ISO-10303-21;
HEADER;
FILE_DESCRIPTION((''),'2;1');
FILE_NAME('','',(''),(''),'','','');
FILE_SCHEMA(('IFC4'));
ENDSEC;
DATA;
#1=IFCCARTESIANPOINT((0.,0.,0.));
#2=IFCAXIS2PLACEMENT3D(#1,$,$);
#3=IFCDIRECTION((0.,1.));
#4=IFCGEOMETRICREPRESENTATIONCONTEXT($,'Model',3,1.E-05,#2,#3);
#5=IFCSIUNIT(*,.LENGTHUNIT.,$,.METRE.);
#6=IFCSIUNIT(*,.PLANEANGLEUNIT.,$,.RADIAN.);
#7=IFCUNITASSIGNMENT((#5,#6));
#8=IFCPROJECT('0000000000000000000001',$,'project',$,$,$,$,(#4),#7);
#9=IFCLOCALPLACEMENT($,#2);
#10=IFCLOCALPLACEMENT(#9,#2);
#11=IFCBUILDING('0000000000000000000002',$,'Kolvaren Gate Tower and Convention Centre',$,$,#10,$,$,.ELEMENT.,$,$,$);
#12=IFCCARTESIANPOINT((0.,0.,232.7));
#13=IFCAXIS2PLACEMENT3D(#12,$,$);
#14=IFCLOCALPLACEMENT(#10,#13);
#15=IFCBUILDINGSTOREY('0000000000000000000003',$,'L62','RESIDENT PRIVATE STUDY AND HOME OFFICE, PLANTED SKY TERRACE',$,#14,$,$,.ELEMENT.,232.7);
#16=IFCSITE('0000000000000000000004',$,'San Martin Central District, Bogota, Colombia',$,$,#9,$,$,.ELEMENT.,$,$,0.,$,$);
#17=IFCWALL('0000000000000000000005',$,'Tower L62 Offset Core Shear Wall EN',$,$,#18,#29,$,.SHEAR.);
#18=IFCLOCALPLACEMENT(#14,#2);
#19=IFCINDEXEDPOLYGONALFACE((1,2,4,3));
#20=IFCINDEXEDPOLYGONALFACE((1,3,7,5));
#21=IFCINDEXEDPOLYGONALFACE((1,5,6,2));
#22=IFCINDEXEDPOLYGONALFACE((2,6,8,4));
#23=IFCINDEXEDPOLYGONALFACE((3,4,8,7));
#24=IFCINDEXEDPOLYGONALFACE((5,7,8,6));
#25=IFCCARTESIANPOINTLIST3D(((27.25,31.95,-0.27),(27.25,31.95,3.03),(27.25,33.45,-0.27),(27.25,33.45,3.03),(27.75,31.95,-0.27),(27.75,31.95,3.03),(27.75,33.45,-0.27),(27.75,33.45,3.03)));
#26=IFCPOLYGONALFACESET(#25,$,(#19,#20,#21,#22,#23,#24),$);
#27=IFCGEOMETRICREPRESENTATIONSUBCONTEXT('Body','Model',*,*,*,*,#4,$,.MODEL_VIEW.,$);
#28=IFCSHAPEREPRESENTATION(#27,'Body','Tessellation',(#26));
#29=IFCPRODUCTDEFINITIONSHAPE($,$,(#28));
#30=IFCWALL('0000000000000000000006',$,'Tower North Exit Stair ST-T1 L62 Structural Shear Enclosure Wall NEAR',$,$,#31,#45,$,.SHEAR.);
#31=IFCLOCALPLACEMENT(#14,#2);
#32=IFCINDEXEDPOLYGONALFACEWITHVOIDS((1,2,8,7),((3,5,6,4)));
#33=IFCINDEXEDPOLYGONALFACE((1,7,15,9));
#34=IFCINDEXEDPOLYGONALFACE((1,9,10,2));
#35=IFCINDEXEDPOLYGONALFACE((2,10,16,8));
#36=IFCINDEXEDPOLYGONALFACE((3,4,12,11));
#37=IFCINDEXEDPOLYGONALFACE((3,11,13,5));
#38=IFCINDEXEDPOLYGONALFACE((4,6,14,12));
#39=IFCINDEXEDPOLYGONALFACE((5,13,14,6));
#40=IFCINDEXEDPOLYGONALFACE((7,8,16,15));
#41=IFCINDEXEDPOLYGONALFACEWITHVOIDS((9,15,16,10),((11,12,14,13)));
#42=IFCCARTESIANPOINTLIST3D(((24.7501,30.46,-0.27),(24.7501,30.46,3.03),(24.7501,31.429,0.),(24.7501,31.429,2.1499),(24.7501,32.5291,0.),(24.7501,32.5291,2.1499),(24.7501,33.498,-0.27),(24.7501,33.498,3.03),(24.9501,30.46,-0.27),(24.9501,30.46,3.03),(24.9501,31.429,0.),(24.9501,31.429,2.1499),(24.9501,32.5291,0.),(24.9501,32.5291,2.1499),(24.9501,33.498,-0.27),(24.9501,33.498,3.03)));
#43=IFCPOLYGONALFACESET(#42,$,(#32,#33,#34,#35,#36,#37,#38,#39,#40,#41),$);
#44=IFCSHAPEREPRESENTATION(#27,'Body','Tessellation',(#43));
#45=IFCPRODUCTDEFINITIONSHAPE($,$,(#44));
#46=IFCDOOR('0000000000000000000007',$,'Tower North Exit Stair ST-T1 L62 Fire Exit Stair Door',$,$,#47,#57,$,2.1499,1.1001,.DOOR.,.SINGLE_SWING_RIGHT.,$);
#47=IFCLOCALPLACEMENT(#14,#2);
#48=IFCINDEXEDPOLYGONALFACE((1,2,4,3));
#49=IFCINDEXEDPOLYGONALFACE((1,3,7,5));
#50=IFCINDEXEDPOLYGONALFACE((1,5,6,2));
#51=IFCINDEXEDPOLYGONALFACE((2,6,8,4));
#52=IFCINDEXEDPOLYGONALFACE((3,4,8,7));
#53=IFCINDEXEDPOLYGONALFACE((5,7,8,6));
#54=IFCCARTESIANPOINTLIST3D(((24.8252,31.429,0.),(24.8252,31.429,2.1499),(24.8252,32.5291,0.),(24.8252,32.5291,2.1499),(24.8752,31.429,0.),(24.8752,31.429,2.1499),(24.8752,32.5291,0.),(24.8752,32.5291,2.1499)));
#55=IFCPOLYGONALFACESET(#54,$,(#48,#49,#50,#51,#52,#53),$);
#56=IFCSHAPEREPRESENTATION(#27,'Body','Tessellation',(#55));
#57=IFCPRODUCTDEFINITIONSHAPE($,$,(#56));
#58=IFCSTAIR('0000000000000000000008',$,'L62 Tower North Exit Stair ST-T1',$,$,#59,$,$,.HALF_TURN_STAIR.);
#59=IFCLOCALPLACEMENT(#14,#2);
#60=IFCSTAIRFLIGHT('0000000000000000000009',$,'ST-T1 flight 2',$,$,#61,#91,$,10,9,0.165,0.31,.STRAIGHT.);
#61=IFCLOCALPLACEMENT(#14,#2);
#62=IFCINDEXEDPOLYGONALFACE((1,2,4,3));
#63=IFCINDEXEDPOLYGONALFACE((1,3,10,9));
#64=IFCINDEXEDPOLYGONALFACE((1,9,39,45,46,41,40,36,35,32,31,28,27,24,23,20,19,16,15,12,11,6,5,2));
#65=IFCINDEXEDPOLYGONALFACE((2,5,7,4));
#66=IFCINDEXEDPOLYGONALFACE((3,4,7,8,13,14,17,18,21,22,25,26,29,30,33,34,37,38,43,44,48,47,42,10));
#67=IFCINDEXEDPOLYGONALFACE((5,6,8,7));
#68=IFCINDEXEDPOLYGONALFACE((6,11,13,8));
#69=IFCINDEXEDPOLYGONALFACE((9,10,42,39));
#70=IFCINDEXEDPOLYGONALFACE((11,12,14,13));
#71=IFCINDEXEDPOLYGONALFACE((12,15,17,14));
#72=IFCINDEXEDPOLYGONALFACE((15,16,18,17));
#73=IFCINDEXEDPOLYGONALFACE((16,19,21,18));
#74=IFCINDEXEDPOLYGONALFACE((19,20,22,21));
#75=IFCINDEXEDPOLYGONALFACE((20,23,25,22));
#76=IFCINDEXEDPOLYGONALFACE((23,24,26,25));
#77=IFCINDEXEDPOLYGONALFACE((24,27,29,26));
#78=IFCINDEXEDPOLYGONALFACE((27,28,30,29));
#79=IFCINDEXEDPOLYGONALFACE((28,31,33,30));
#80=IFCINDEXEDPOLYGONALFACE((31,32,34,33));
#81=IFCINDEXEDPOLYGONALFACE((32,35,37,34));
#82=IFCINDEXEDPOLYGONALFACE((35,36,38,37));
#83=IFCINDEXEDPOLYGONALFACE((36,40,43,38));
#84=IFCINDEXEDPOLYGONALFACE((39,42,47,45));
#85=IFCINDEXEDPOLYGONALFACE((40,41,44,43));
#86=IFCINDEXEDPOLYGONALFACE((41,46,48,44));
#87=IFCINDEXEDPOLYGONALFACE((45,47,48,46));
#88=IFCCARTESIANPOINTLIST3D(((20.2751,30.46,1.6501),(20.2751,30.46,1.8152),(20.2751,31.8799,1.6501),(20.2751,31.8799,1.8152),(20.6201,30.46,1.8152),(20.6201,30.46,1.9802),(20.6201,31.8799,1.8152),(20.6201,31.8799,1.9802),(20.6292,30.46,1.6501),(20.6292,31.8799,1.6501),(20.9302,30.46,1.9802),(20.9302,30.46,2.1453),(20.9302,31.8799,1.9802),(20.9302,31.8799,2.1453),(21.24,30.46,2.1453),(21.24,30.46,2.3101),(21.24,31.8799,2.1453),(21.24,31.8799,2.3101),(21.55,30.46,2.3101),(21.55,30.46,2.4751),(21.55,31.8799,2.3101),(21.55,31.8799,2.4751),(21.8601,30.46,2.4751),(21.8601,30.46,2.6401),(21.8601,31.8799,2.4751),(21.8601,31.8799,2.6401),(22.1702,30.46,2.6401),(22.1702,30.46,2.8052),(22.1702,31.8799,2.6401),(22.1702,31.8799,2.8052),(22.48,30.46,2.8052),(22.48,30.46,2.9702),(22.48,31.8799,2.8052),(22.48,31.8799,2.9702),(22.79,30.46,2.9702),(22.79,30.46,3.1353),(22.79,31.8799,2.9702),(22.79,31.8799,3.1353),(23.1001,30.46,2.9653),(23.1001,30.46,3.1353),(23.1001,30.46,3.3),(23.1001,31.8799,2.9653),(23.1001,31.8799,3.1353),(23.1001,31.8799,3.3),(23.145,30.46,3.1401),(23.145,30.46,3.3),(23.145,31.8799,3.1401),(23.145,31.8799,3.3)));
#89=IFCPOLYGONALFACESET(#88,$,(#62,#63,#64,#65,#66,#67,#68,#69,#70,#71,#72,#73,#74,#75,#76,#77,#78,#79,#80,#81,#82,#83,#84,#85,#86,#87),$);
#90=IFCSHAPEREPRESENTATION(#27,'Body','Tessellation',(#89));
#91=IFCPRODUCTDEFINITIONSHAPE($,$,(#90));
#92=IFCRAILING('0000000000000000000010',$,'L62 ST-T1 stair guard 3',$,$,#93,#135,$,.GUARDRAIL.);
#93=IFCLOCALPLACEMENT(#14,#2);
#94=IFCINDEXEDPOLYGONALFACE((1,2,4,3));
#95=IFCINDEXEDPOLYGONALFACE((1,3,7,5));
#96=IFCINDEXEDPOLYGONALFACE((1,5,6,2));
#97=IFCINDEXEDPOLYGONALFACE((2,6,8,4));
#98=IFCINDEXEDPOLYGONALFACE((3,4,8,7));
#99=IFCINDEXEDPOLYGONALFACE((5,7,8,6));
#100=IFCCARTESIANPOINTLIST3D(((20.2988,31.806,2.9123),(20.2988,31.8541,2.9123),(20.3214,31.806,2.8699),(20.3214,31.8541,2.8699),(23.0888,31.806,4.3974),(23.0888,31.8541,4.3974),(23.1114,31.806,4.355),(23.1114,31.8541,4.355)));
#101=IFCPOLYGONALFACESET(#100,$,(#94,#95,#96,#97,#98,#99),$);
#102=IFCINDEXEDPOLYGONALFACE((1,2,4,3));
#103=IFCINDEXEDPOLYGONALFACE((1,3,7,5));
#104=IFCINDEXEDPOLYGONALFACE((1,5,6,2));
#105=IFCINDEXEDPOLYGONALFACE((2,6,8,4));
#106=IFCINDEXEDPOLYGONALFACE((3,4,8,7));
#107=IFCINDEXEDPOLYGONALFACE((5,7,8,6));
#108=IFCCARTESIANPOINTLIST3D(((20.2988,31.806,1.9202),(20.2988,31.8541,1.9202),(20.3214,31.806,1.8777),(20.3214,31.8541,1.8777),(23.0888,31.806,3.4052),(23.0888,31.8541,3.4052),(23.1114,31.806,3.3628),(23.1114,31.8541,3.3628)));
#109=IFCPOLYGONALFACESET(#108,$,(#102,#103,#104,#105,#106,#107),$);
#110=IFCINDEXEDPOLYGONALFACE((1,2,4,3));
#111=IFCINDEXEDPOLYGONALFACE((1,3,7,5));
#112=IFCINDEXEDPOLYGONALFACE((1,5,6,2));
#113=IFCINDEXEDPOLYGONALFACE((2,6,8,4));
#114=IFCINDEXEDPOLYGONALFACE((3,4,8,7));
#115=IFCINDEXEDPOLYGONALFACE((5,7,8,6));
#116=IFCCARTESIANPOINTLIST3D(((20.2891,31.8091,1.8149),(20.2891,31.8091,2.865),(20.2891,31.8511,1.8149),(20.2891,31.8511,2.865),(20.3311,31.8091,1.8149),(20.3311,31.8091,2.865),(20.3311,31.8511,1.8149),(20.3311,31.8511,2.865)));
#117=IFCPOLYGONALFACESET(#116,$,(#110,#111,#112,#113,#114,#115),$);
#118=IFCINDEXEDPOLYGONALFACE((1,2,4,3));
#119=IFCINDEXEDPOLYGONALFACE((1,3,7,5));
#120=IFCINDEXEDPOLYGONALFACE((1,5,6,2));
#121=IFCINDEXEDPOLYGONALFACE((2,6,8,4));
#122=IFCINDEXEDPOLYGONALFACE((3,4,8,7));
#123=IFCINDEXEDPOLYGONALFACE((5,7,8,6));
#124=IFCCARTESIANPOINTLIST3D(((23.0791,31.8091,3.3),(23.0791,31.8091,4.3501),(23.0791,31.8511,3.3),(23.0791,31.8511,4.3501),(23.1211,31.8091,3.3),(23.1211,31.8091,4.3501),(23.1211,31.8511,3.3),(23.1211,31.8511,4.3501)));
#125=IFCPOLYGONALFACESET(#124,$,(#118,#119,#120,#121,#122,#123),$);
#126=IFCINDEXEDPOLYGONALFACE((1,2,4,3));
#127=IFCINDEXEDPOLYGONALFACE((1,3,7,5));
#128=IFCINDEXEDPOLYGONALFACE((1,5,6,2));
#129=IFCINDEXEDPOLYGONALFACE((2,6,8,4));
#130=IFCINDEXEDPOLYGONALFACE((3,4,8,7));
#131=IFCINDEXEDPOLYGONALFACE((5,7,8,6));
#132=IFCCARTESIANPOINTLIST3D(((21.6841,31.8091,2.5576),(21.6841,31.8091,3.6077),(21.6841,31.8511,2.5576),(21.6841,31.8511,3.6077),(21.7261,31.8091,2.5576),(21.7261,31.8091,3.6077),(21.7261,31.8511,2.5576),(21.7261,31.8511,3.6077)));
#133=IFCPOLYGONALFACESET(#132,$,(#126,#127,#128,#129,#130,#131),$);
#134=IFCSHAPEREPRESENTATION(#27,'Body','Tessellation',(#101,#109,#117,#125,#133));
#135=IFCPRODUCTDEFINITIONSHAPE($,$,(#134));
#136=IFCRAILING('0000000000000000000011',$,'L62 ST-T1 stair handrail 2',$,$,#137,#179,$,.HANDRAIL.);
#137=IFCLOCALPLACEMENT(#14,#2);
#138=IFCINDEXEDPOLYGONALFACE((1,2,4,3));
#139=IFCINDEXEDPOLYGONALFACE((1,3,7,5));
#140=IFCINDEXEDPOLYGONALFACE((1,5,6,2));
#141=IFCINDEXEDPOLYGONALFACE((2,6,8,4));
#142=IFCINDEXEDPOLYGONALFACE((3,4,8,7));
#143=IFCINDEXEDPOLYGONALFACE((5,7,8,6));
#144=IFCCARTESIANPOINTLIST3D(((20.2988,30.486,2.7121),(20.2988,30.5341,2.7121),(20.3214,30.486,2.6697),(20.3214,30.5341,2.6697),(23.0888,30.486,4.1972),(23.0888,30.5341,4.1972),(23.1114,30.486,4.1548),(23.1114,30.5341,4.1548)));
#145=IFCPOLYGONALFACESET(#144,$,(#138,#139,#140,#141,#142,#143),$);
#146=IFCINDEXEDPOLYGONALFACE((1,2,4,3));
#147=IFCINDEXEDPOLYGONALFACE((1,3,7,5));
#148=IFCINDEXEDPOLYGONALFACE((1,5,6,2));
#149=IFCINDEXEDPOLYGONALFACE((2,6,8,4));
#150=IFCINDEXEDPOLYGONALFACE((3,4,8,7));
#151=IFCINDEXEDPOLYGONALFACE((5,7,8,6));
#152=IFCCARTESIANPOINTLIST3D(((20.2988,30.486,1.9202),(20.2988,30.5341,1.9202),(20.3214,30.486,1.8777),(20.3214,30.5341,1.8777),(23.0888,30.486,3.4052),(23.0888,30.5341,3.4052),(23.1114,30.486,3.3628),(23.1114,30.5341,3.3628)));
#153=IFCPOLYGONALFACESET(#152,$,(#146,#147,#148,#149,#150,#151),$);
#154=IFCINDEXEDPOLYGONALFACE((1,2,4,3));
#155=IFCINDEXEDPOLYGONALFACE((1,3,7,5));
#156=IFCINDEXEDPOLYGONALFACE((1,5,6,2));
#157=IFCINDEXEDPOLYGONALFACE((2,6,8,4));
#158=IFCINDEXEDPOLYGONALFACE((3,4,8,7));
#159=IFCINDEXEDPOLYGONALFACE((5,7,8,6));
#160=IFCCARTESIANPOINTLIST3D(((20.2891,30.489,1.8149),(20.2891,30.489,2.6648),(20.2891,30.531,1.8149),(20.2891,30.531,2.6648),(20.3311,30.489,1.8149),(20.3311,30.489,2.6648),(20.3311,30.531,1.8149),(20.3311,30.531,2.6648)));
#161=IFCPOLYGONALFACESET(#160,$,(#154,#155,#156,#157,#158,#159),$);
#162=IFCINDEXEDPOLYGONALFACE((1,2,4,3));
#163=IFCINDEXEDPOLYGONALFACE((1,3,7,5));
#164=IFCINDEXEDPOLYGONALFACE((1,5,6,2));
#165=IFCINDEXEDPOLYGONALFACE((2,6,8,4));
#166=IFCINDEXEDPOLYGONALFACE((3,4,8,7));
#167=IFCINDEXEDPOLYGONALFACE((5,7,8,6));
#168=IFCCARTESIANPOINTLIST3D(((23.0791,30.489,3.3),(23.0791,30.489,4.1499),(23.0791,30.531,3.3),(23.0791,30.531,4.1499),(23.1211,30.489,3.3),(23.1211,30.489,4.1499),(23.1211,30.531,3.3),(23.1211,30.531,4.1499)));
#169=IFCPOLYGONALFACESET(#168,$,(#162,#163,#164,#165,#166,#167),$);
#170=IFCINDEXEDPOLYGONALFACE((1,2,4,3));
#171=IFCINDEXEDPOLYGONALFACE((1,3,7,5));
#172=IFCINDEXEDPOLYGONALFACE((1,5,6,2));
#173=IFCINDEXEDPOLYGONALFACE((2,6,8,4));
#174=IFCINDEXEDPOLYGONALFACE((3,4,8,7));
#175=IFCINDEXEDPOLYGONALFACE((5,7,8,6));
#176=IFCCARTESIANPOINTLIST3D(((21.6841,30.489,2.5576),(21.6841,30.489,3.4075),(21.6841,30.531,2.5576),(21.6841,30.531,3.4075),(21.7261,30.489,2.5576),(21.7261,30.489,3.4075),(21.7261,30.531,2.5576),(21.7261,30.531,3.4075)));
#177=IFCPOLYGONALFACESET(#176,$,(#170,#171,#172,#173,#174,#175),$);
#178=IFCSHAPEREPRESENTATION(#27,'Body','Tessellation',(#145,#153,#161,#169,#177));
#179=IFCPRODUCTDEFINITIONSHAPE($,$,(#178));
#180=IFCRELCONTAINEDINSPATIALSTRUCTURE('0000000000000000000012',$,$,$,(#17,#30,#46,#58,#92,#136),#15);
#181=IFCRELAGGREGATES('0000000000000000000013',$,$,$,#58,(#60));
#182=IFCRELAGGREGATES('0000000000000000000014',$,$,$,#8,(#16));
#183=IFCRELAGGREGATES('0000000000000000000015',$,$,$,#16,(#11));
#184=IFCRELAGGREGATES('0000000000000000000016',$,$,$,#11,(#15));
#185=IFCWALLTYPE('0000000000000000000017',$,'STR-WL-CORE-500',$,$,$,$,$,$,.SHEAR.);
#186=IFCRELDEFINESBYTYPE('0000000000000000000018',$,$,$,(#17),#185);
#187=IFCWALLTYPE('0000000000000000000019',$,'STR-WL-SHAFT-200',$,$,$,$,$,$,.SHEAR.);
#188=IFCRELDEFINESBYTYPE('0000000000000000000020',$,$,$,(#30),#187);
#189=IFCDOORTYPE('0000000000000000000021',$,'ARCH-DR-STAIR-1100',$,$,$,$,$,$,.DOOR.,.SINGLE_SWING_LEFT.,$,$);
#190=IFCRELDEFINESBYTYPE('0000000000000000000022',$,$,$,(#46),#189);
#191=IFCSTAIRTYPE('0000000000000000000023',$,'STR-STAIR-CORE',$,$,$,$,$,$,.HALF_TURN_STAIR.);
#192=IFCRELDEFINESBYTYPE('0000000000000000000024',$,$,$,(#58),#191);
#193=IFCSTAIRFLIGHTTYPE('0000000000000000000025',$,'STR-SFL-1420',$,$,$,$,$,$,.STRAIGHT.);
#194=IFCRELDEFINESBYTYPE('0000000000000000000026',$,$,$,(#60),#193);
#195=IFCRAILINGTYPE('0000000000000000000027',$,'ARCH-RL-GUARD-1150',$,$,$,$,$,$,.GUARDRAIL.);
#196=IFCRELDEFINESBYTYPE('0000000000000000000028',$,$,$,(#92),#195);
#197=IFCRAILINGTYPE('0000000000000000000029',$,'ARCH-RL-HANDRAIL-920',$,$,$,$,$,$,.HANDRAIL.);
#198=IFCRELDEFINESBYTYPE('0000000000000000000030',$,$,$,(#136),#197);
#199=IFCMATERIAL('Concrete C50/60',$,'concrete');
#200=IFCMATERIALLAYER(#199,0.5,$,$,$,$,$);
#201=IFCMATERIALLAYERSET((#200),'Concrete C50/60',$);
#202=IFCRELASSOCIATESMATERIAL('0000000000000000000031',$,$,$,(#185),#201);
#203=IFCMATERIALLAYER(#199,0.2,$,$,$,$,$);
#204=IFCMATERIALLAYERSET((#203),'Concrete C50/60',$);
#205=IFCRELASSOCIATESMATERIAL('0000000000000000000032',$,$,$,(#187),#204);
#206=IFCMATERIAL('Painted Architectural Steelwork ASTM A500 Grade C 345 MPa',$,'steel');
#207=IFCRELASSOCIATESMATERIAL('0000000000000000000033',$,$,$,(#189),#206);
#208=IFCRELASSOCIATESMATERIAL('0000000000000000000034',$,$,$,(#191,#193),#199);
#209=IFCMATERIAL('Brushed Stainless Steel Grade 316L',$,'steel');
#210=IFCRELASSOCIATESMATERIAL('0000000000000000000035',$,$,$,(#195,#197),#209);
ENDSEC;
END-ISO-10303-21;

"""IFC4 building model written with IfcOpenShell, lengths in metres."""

from ifc_helpers import new_model, si_unit, direction, frame, frame_2d, origin, origin_2d, place, context, subcontext, project, spatial, polyline, rectangle, outline, extrude, material, layer, layer_set, type_object, element, fill, aggregate, save


model = new_model("IFC4")

# Units and contexts
model_context = context("Model", 3, precision=1e-05, world=origin(), true_north=direction((0.0, 1.0)))
body_context = subcontext(model_context, "Body", "Model", "MODEL_VIEW")
ifc_project = project(units=[si_unit("LENGTHUNIT", "METRE"), si_unit("PLANEANGLEUNIT", "RADIAN")], contexts=[model_context])

# Site, building, storey
site_placement = place(None, origin())
site = spatial("IfcSite", under=ifc_project, at=site_placement, Name="San Martin Central District, Bogota, Colombia", CompositionType="ELEMENT", RefElevation=0.0)
building_placement = place(site_placement, origin())
building = spatial("IfcBuilding", under=site, at=building_placement, Name="Kolvaren Gate Tower and Convention Centre", CompositionType="ELEMENT")
storey_placement = place(building_placement, frame((0.0, 0.0, 232.7)))
storey = spatial("IfcBuildingStorey", under=building, at=storey_placement, Name="L62", Description="RESIDENT PRIVATE STUDY AND HOME OFFICE, PLANTED SKY TERRACE", CompositionType="ELEMENT", Elevation=232.7)

# Shared definitions
ifc_material_1 = material(Name="Painted Architectural Steelwork ASTM A500 Grade C 345 MPa", Category="steel")

# Shared definitions
ifc_material_2 = material(Name="Brushed Stainless Steel Grade 316L", Category="steel")

# Wall
ifc_material_3 = material(Name="Concrete C50/60", Category="concrete")
ifc_layer_1 = layer(ifc_material_3, 0.5)
ifc_layer_set_1 = layer_set([ifc_layer_1], Name="Concrete C50/60")
wall_type_1 = type_object("IfcWallType", Name="STR-WL-CORE-500", PredefinedType="SHEAR", material=ifc_layer_set_1)
wall_1_placement = place(storey_placement, frame((27.5, 31.95, -0.27), z_axis=(0.0, 0.0, 1.0), x_axis=(0.0, 1.0, 0.0)))
element("IfcWall", 1, at=wall_1_placement, inside=storey, type_object=wall_type_1, Name="Tower L62 Offset Core Shear Wall EN", PredefinedType="SHEAR", context=body_context, shape_type="SweptSolid", body=[
    extrude(rectangle(XDim=1.5, YDim=0.5, at=frame_2d((0.75, 0.0))), origin(), (0.0, 0.0, 1.0), 3.3),
])

# Wall, opening, door
ifc_layer_2 = layer(ifc_material_3, 0.2)
ifc_layer_set_2 = layer_set([ifc_layer_2], Name="Concrete C50/60")
wall_type_2 = type_object("IfcWallType", Name="STR-WL-SHAFT-200", PredefinedType="SHEAR", material=ifc_layer_set_2)
wall_2_placement = place(storey_placement, frame((24.8501, 30.46, -0.27), z_axis=(0.0, 0.0, 1.0), x_axis=(0.0, 1.0, 0.0)))
wall_2 = element("IfcWall", 2, at=wall_2_placement, inside=storey, type_object=wall_type_2, Name="Tower North Exit Stair ST-T1 L62 Structural Shear Enclosure Wall NEAR", PredefinedType="SHEAR", context=body_context, shape_type="SweptSolid", body=[
    extrude(rectangle(XDim=3.0381, YDim=0.2, at=frame_2d((1.519, 0.0))), origin(), (0.0, 0.0, 1.0), 3.3),
])
opening_1_placement = place(wall_2_placement, frame((0.969, 0.0, 0.27)))
opening_1 = element("IfcOpeningElement", 3, at=opening_1_placement, cuts=wall_2, PredefinedType="OPENING", context=body_context, shape_type="SweptSolid", body=[
    extrude(rectangle(XDim=1.1001, YDim=2.1499, at=frame_2d((0.55, 1.075))), frame((0.0, 0.1099, 0.0), z_axis=(0.0, -1.0, 0.0), x_axis=(1.0, 0.0, 0.0)), (0.0, 0.0, 1.0), 0.22),
])
door_type_1 = type_object("IfcDoorType", Name="ARCH-DR-STAIR-1100", OperationType="SINGLE_SWING_LEFT", PredefinedType="DOOR", material=ifc_material_1)
door_1_placement = place(opening_1_placement, origin())
door_1 = element("IfcDoor", 4, at=door_1_placement, inside=storey, type_object=door_type_1, Name="Tower North Exit Stair ST-T1 L62 Fire Exit Stair Door", OperationType="SINGLE_SWING_RIGHT", OverallHeight=2.1499, OverallWidth=1.1001, PredefinedType="DOOR", context=body_context, shape_type="SweptSolid", body=[
    extrude(rectangle(XDim=1.1001, YDim=2.1499, at=frame_2d((0.55, 1.075))), frame((0.0, 0.0249, 0.0), z_axis=(0.0, -1.0, 0.0), x_axis=(1.0, 0.0, 0.0)), (0.0, 0.0, 1.0), 0.05),
])
fill(opening_1, door_1)

# Stair, stair flight
stair_type = type_object("IfcStairType", Name="STR-STAIR-CORE", PredefinedType="HALF_TURN_STAIR", material=ifc_material_3)
stair_placement = place(storey_placement, origin())
stair = element("IfcStair", 5, at=stair_placement, inside=storey, type_object=stair_type, Name="L62 Tower North Exit Stair ST-T1", PredefinedType="HALF_TURN_STAIR")
stair_flight_type = type_object("IfcStairFlightType", Name="STR-SFL-1420", PredefinedType="STRAIGHT", material=ifc_material_3)
stair_flight_placement = place(storey_placement, frame((20.3101, 31.1699, 1.6501), z_axis=(0.0, 0.0, 1.0), x_axis=(1.0, 0.0, 0.0)))
stair_flight = element("IfcStairFlight", 6, at=stair_flight_placement, type_object=stair_flight_type, Name="ST-T1 flight 2", NumberOfRisers=10, NumberOfTreads=9, PredefinedType="STRAIGHT", RiserHeight=0.165, TreadLength=0.31, context=body_context, shape_type="SweptSolid", body=[
    extrude(outline(polyline([(-0.0349, 0.0), (-0.0349, 0.165), (0.3101, 0.165), (0.3101, 0.3301), (0.6201, 0.3301), (0.6201, 0.4951), (0.9299, 0.4951), (0.9299, 0.6599), (1.24, 0.6599), (1.24, 0.825), (1.55, 0.825), (1.55, 0.99), (1.8601, 0.99), (1.8601, 1.155), (2.1699, 1.155), (2.1699, 1.3201), (2.48, 1.3201), (2.48, 1.4851), (2.79, 1.4851), (2.79, 1.6499), (2.835, 1.6499), (2.835, 1.49), (2.79, 1.3152), (0.3191, 0.0), (-0.0349, 0.0)])), frame((0.0, 0.71, 0.0), z_axis=(0.0, -1.0, 0.0), x_axis=(1.0, 0.0, 0.0)), (0.0, 0.0, 1.0), 1.4199),
])
aggregate(stair, [stair_flight])

# Railings
railing_type_1 = type_object("IfcRailingType", Name="ARCH-RL-GUARD-1150", PredefinedType="GUARDRAIL", material=ifc_material_2)
railing_1_placement = place(storey_placement, frame((20.3101, 31.8301, 1.8149)))
element("IfcRailing", 7, at=railing_1_placement, inside=storey, type_object=railing_type_1, Name="L62 ST-T1 stair guard 3", PredefinedType="GUARDRAIL", context=body_context, shape_type="SweptSolid", body=[
    extrude(rectangle(XDim=0.0481, YDim=0.0481, at=origin_2d()), frame((0.0, 0.0, 1.0762), z_axis=(0.882735, 0.0, 0.46987), x_axis=(0.0, 1.0, 0.0)), (0.0, 0.0, 1.0), 3.1606),
    extrude(rectangle(XDim=0.0481, YDim=0.0481, at=origin_2d()), frame((0.0, 0.0, 0.084), z_axis=(0.882735, 0.0, 0.46987), x_axis=(0.0, 1.0, 0.0)), (0.0, 0.0, 1.0), 3.1606),
    extrude(rectangle(XDim=0.042, YDim=0.042, at=origin_2d()), origin(), (0.0, 0.0, 1.0), 1.05),
    extrude(rectangle(XDim=0.042, YDim=0.042, at=origin_2d()), frame((2.79, 0.0, 1.4851)), (0.0, 0.0, 1.0), 1.05),
    extrude(rectangle(XDim=0.042, YDim=0.042, at=origin_2d()), frame((1.395, 0.0, 0.7427)), (0.0, 0.0, 1.0), 1.05),
])
railing_type_2 = type_object("IfcRailingType", Name="ARCH-RL-HANDRAIL-920", PredefinedType="HANDRAIL", material=ifc_material_2)
railing_2_placement = place(storey_placement, frame((20.3101, 30.51, 1.8149)))
element("IfcRailing", 8, at=railing_2_placement, inside=storey, type_object=railing_type_2, Name="L62 ST-T1 stair handrail 2", PredefinedType="HANDRAIL", context=body_context, shape_type="SweptSolid", body=[
    extrude(rectangle(XDim=0.0481, YDim=0.0481, at=origin_2d()), frame((0.0, 0.0, 0.876), z_axis=(0.882735, 0.0, 0.46987), x_axis=(0.0, 1.0, 0.0)), (0.0, 0.0, 1.0), 3.1606),
    extrude(rectangle(XDim=0.0481, YDim=0.0481, at=origin_2d()), frame((0.0, 0.0, 0.084), z_axis=(0.882735, 0.0, 0.46987), x_axis=(0.0, 1.0, 0.0)), (0.0, 0.0, 1.0), 3.1606),
    extrude(rectangle(XDim=0.042, YDim=0.042, at=origin_2d()), origin(), (0.0, 0.0, 1.0), 0.8499),
    extrude(rectangle(XDim=0.042, YDim=0.042, at=origin_2d()), frame((2.79, 0.0, 1.4851)), (0.0, 0.0, 1.0), 0.8499),
    extrude(rectangle(XDim=0.042, YDim=0.042, at=origin_2d()), frame((1.395, 0.0, 0.7427)), (0.0, 0.0, 1.0), 0.8499),
])

save(model, "model.ifc")
